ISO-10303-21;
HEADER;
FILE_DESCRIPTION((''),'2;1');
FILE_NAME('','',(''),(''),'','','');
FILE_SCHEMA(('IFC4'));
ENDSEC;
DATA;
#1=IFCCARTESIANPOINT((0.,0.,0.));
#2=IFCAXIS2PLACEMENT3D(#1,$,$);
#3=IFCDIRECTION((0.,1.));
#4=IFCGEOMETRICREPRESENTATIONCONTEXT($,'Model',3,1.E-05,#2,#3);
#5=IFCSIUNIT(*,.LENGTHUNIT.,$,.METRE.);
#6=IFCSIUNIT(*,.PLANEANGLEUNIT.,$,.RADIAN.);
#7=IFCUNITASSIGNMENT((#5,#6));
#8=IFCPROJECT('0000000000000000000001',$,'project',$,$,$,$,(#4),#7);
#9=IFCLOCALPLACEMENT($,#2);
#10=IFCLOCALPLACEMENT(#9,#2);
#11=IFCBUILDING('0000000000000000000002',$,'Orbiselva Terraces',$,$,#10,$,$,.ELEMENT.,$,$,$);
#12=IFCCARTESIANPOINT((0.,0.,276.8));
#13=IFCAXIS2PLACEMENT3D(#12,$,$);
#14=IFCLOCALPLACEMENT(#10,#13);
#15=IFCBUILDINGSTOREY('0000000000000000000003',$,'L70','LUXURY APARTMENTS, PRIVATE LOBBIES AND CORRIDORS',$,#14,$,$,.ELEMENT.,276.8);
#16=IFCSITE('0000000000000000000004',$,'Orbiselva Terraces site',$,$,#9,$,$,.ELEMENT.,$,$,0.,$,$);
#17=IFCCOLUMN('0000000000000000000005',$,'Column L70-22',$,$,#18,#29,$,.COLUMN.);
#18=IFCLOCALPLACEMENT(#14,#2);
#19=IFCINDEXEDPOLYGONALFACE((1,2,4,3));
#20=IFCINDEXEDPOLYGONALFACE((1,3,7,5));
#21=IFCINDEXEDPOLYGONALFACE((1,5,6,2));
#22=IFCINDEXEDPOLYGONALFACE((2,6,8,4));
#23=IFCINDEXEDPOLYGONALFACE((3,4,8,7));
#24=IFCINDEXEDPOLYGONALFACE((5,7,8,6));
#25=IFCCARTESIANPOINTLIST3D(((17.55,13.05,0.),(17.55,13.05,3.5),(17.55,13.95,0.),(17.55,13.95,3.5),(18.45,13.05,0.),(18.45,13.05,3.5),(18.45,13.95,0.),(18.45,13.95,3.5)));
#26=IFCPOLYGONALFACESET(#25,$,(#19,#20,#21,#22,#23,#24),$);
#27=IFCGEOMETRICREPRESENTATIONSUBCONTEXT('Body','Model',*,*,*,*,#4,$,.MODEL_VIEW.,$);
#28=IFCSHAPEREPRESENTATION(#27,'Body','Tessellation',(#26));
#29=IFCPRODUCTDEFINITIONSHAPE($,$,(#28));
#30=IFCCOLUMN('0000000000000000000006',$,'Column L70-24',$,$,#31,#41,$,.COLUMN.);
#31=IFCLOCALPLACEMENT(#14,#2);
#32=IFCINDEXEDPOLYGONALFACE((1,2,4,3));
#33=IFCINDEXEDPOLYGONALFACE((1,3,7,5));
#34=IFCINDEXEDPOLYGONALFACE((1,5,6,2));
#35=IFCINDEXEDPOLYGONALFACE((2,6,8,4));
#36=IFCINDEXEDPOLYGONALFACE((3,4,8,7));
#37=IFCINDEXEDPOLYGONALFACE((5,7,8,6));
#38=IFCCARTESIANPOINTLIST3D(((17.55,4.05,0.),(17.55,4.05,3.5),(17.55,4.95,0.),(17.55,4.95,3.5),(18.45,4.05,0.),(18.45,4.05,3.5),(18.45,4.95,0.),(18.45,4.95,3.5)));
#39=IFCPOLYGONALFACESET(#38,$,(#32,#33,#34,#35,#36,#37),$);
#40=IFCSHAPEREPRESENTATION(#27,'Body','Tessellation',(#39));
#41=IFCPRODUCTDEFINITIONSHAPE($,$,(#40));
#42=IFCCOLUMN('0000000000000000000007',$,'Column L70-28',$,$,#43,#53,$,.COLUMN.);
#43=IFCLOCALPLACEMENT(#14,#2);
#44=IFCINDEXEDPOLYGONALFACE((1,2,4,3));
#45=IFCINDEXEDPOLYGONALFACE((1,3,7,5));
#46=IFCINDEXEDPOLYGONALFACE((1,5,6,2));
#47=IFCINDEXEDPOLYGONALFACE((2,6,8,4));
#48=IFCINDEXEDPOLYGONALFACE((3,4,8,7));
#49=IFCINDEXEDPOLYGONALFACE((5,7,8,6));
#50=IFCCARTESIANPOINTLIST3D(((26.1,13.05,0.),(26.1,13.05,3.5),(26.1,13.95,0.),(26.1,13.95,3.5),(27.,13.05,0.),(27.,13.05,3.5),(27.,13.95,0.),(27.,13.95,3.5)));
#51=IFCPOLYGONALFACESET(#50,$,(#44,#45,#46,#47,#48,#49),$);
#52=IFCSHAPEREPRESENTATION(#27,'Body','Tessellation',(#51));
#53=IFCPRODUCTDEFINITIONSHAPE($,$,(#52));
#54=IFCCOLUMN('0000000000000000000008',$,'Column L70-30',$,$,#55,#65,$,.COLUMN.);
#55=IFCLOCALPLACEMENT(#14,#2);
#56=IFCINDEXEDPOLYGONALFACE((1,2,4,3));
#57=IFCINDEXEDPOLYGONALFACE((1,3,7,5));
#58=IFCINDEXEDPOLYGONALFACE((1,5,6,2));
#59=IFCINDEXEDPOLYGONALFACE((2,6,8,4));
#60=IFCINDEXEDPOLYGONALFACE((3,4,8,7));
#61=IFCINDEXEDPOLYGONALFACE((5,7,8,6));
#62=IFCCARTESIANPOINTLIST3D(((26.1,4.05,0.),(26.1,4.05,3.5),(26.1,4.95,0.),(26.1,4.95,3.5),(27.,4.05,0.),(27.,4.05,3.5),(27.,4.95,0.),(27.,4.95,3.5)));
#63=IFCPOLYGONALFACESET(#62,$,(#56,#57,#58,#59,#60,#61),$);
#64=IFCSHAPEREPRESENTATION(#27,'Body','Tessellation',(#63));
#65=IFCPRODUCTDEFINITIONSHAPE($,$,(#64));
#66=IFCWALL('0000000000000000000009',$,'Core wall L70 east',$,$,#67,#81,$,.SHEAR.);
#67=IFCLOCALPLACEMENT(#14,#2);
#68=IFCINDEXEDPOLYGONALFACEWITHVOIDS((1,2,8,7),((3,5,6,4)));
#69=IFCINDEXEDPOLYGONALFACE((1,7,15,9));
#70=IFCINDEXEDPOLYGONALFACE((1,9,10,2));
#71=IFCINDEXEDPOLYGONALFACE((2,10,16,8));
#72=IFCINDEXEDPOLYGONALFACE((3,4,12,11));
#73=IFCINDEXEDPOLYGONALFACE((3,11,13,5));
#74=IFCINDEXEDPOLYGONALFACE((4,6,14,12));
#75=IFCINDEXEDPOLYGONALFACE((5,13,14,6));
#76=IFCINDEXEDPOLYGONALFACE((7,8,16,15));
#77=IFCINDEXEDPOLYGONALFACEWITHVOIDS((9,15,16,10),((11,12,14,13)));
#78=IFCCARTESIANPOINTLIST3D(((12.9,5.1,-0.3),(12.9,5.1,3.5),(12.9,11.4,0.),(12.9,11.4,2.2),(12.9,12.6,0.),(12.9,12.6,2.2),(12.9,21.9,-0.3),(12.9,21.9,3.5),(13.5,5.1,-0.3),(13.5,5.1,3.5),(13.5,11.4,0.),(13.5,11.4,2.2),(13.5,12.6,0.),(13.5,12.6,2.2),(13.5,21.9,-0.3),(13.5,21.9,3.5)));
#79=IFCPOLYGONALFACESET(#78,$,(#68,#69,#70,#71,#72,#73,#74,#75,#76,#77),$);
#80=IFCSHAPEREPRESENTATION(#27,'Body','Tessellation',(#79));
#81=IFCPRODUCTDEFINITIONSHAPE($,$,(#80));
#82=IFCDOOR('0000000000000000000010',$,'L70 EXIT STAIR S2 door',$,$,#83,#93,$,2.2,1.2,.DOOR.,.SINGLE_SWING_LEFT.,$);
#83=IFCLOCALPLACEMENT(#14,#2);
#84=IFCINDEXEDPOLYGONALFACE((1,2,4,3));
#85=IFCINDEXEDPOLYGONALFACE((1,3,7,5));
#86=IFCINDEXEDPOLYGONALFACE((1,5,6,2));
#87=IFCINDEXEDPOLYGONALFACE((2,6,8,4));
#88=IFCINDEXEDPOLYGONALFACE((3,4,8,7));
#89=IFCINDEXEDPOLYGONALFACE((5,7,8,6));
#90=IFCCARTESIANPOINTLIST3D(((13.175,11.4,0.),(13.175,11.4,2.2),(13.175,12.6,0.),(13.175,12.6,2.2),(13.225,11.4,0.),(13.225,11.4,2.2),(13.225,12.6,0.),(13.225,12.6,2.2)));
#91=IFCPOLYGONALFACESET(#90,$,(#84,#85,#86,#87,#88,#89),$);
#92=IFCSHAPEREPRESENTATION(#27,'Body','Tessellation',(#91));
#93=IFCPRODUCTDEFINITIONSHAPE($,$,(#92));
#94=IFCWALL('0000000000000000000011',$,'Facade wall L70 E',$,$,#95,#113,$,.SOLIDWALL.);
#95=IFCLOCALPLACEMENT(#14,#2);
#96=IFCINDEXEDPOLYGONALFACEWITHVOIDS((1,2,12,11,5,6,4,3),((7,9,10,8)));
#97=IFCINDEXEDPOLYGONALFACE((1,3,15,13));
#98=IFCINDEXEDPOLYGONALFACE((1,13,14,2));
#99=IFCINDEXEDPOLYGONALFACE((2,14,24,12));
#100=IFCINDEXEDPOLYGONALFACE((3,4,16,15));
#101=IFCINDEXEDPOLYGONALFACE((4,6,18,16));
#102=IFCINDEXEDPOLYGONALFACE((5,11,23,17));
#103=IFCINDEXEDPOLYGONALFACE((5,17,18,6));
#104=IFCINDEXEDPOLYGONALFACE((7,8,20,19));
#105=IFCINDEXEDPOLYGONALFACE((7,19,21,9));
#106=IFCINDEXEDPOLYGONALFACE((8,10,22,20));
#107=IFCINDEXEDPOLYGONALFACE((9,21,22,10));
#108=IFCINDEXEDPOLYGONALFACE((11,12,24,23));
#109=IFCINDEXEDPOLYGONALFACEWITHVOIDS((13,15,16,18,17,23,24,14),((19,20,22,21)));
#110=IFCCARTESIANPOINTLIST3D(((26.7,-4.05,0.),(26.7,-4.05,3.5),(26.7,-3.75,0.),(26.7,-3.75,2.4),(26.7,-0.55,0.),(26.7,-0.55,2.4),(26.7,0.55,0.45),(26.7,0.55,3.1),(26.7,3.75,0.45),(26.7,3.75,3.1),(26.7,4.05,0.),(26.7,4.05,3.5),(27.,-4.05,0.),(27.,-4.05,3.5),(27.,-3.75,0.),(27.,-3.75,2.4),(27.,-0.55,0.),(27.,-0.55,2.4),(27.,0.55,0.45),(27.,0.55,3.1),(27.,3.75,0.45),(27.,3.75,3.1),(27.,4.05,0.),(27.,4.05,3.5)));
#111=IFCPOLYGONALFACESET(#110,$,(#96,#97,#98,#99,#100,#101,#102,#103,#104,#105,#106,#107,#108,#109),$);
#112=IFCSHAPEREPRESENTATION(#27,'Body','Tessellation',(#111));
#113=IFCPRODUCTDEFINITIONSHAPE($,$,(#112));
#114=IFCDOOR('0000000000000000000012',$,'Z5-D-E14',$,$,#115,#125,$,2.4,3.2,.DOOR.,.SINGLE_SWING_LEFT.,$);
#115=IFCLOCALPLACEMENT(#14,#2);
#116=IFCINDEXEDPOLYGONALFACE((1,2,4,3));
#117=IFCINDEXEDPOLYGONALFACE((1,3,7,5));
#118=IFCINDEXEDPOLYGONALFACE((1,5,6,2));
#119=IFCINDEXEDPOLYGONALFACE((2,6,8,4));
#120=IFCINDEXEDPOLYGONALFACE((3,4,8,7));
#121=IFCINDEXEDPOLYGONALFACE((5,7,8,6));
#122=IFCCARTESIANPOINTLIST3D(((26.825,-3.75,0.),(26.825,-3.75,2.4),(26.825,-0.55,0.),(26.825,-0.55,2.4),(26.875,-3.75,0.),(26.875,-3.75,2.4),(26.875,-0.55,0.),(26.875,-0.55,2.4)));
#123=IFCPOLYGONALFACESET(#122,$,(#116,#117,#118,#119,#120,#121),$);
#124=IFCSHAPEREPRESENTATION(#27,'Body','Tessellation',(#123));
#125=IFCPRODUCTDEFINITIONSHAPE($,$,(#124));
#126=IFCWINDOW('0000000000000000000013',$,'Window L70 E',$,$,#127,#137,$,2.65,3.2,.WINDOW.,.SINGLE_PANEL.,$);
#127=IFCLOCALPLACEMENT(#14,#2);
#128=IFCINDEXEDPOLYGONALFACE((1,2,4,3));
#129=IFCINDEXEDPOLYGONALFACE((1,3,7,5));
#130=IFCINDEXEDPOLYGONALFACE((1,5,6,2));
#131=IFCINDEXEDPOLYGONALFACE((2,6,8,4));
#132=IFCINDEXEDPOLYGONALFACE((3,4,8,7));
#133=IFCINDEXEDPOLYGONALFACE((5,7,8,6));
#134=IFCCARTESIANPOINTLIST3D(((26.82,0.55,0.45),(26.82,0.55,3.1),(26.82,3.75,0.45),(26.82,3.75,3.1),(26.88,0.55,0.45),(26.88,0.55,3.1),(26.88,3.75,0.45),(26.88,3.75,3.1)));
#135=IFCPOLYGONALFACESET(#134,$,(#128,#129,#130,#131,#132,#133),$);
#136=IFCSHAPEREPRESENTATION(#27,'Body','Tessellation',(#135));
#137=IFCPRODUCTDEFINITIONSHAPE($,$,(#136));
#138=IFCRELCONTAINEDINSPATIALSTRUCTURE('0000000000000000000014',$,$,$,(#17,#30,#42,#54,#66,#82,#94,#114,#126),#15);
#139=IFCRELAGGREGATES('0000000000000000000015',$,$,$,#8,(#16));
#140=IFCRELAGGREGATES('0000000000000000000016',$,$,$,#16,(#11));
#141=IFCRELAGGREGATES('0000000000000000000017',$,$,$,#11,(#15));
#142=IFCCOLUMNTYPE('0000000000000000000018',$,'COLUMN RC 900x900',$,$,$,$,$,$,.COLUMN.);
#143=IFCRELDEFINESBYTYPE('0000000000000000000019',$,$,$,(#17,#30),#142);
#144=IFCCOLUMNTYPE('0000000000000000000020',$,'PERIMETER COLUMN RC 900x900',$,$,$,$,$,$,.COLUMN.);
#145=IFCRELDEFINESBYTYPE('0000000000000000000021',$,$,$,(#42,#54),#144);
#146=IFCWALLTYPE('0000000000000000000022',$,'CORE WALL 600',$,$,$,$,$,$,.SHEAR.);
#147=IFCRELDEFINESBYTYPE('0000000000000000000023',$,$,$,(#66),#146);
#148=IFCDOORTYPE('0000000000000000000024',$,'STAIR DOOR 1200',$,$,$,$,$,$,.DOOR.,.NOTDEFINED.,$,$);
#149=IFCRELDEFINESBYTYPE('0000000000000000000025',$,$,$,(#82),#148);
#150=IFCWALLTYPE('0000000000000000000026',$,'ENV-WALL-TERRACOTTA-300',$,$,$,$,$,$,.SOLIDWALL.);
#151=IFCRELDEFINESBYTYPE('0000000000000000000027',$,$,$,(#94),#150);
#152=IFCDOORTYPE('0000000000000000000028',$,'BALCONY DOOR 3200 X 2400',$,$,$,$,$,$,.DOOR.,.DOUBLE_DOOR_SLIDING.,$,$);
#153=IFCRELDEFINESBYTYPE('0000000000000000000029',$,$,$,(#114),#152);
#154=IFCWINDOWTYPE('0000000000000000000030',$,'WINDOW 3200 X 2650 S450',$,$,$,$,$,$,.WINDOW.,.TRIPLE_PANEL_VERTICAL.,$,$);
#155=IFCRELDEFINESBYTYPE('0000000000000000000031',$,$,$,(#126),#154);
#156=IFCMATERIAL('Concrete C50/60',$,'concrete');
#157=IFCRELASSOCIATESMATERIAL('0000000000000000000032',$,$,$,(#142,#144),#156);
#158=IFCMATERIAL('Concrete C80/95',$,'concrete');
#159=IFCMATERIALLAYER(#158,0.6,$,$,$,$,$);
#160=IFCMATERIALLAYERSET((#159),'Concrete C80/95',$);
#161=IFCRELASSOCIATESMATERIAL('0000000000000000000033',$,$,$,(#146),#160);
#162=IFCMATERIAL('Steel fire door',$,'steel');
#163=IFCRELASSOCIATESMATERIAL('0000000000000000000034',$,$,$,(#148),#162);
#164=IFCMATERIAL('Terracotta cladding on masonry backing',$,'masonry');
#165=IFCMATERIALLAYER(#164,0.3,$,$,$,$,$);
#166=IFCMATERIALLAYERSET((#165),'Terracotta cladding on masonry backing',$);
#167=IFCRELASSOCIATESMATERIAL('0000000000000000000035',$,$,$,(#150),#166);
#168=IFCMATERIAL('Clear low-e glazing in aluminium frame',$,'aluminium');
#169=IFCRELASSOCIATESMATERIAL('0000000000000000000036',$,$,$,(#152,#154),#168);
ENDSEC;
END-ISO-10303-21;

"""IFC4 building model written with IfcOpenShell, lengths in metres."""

from ifc_helpers import new_model, si_unit, direction, frame, frame_2d, origin, origin_2d, place, context, subcontext, project, spatial, rectangle, extrude, material, layer, layer_set, material_profile, profile_set, type_object, element, fill, save


model = new_model("IFC4")

# Units and contexts
model_context = context("Model", 3, precision=1e-05, world=origin(), true_north=direction((0.0, 1.0)))
body_context = subcontext(model_context, "Body", "Model", "MODEL_VIEW")
ifc_project = project(units=[si_unit("LENGTHUNIT", "METRE"), si_unit("PLANEANGLEUNIT", "RADIAN")], contexts=[model_context])

# Site, building, storey
site_placement = place(None, origin())
site = spatial("IfcSite", under=ifc_project, at=site_placement, Name="Orbiselva Terraces site", CompositionType="ELEMENT", RefElevation=0.0)
building_placement = place(site_placement, origin())
building = spatial("IfcBuilding", under=site, at=building_placement, Name="Orbiselva Terraces", CompositionType="ELEMENT")
storey_placement = place(building_placement, frame((0.0, 0.0, 276.8)))
storey = spatial("IfcBuildingStorey", under=building, at=storey_placement, Name="L70", Description="LUXURY APARTMENTS, PRIVATE LOBBIES AND CORRIDORS", CompositionType="ELEMENT", Elevation=276.8)

# Columns
ifc_material_1 = material(Name="Concrete C50/60", Category="concrete")
ifc_material_profile_1 = material_profile(ifc_material_1, rectangle(XDim=0.9, YDim=0.9, at=origin_2d()), Name="RC 900x900")
ifc_profile_set_1 = profile_set([ifc_material_profile_1], Name="Concrete C50/60")
column_type_1 = type_object("IfcColumnType", Name="COLUMN RC 900x900", PredefinedType="COLUMN", material=ifc_profile_set_1)
for number, where, z_axis, x_axis, name in (
    (1, (18.0, 13.5, 0.0), (0.0, 0.0, 1.0), (1.0, 0.0, 0.0), "Column L70-22"),
    (2, (18.0, 4.5, 0.0), (0.0, 0.0, 1.0), (1.0, 0.0, 0.0), "Column L70-24"),
):
    element("IfcColumn", number, at=place(storey_placement, frame(where, z_axis=z_axis, x_axis=x_axis)), inside=storey, type_object=column_type_1, Name=name, PredefinedType="COLUMN", context=body_context, shape_type="SweptSolid", body=[
        extrude(rectangle(XDim=0.9, YDim=0.9, at=origin_2d()), origin(), (0.0, 0.0, 1.0), 3.5),
    ])
ifc_material_profile_2 = material_profile(ifc_material_1, rectangle(XDim=0.9, YDim=0.9, at=origin_2d()), Name="RC 900x900")
ifc_profile_set_2 = profile_set([ifc_material_profile_2], Name="Concrete C50/60")
column_type_2 = type_object("IfcColumnType", Name="PERIMETER COLUMN RC 900x900", PredefinedType="COLUMN", material=ifc_profile_set_2)
for number, where, z_axis, x_axis, name in (
    (3, (26.55, 13.5, 0.0), (0.0, 0.0, 1.0), (1.0, 0.0, 0.0), "Column L70-28"),
    (4, (26.55, 4.5, 0.0), (0.0, 0.0, 1.0), (1.0, 0.0, 0.0), "Column L70-30"),
):
    element("IfcColumn", number, at=place(storey_placement, frame(where, z_axis=z_axis, x_axis=x_axis)), inside=storey, type_object=column_type_2, Name=name, PredefinedType="COLUMN", context=body_context, shape_type="SweptSolid", body=[
        extrude(rectangle(XDim=0.9, YDim=0.9, at=origin_2d()), origin(), (0.0, 0.0, 1.0), 3.5),
    ])

# Wall, opening, door
ifc_material_2 = material(Name="Concrete C80/95", Category="concrete")
ifc_layer_1 = layer(ifc_material_2, 0.6)
ifc_layer_set_1 = layer_set([ifc_layer_1], Name="Concrete C80/95")
wall_type_1 = type_object("IfcWallType", Name="CORE WALL 600", PredefinedType="SHEAR", material=ifc_layer_set_1)
wall_1_placement = place(storey_placement, frame((13.2, 5.1, -0.3), z_axis=(0.0, 0.0, 1.0), x_axis=(0.0, 1.0, 0.0)))
wall_1 = element("IfcWall", 5, at=wall_1_placement, inside=storey, type_object=wall_type_1, Name="Core wall L70 east", PredefinedType="SHEAR", context=body_context, shape_type="SweptSolid", body=[
    extrude(rectangle(XDim=16.8, YDim=0.6, at=frame_2d((8.4, 0.0))), origin(), (0.0, 0.0, 1.0), 3.8),
])
opening_1_placement = place(wall_1_placement, frame((6.3, 0.0, 0.3)))
opening_1 = element("IfcOpeningElement", 6, at=opening_1_placement, cuts=wall_1, PredefinedType="OPENING", context=body_context, shape_type="SweptSolid", body=[
    extrude(rectangle(XDim=1.2, YDim=2.2, at=frame_2d((0.6, 1.1))), frame((0.0, 0.31, 0.0), z_axis=(0.0, -1.0, 0.0), x_axis=(1.0, 0.0, 0.0)), (0.0, 0.0, 1.0), 0.62),
])
ifc_material_3 = material(Name="Steel fire door", Category="steel")
door_type_1 = type_object("IfcDoorType", Name="STAIR DOOR 1200", OperationType="NOTDEFINED", PredefinedType="DOOR", material=ifc_material_3)
door_1_placement = place(opening_1_placement, frame((1.2, 0.0, 0.0), z_axis=(0.0, 0.0, 1.0), x_axis=(-1.0, 0.0, 0.0)))
door_1 = element("IfcDoor", 7, at=door_1_placement, inside=storey, type_object=door_type_1, Name="L70 EXIT STAIR S2 door", OperationType="SINGLE_SWING_LEFT", OverallHeight=2.2, OverallWidth=1.2, PredefinedType="DOOR", context=body_context, shape_type="SweptSolid", body=[
    extrude(rectangle(XDim=1.2, YDim=2.2, at=frame_2d((0.6, 1.1))), frame((0.0, 0.025, 0.0), z_axis=(0.0, -1.0, 0.0), x_axis=(1.0, 0.0, 0.0)), (0.0, 0.0, 1.0), 0.05),
])
fill(opening_1, door_1)

# Wall, openings, door, window
ifc_material_4 = material(Name="Terracotta cladding on masonry backing", Category="masonry")
ifc_layer_2 = layer(ifc_material_4, 0.3)
ifc_layer_set_2 = layer_set([ifc_layer_2], Name="Terracotta cladding on masonry backing")
wall_type_2 = type_object("IfcWallType", Name="ENV-WALL-TERRACOTTA-300", PredefinedType="SOLIDWALL", material=ifc_layer_set_2)
wall_2_placement = place(storey_placement, frame((26.85, 4.05, 0.0), z_axis=(0.0, 0.0, 1.0), x_axis=(0.0, -1.0, 0.0)))
wall_2 = element("IfcWall", 8, at=wall_2_placement, inside=storey, type_object=wall_type_2, Name="Facade wall L70 E", PredefinedType="SOLIDWALL", context=body_context, shape_type="SweptSolid", body=[
    extrude(rectangle(XDim=8.1, YDim=0.3, at=frame_2d((4.05, 0.0))), origin(), (0.0, 0.0, 1.0), 3.5),
])
opening_2_placement = place(wall_2_placement, frame((4.6, 0.0, 0.0)))
opening_2 = element("IfcOpeningElement", 9, at=opening_2_placement, cuts=wall_2, PredefinedType="OPENING", context=body_context, shape_type="SweptSolid", body=[
    extrude(rectangle(XDim=3.2, YDim=2.4, at=frame_2d((1.6, 1.2))), frame((0.0, 0.16, 0.0), z_axis=(0.0, -1.0, 0.0), x_axis=(1.0, 0.0, 0.0)), (0.0, 0.0, 1.0), 0.32),
])
opening_3_placement = place(wall_2_placement, frame((0.3, 0.0, 0.45)))
opening_3 = element("IfcOpeningElement", 10, at=opening_3_placement, cuts=wall_2, PredefinedType="OPENING", context=body_context, shape_type="SweptSolid", body=[
    extrude(rectangle(XDim=3.2, YDim=2.65, at=frame_2d((1.6, 1.325))), frame((0.0, 0.16, 0.0), z_axis=(0.0, -1.0, 0.0), x_axis=(1.0, 0.0, 0.0)), (0.0, 0.0, 1.0), 0.32),
])
ifc_material_5 = material(Name="Clear low-e glazing in aluminium frame", Category="aluminium")
door_type_2 = type_object("IfcDoorType", Name="BALCONY DOOR 3200 X 2400", OperationType="DOUBLE_DOOR_SLIDING", PredefinedType="DOOR", material=ifc_material_5)
door_2_placement = place(opening_2_placement, origin())
door_2 = element("IfcDoor", 11, at=door_2_placement, inside=storey, type_object=door_type_2, Name="Z5-D-E14", OperationType="SINGLE_SWING_LEFT", OverallHeight=2.4, OverallWidth=3.2, PredefinedType="DOOR", context=body_context, shape_type="SweptSolid", body=[
    extrude(rectangle(XDim=3.2, YDim=2.4, at=frame_2d((1.6, 1.2))), frame((0.0, 0.025, 0.0), z_axis=(0.0, -1.0, 0.0), x_axis=(1.0, 0.0, 0.0)), (0.0, 0.0, 1.0), 0.05),
])
fill(opening_2, door_2)
window_type = type_object("IfcWindowType", Name="WINDOW 3200 X 2650 S450", PartitioningType="TRIPLE_PANEL_VERTICAL", PredefinedType="WINDOW", material=ifc_material_5)
window_1_placement = place(opening_3_placement, origin())
window_1 = element("IfcWindow", 12, at=window_1_placement, inside=storey, type_object=window_type, Name="Window L70 E", OverallHeight=2.65, OverallWidth=3.2, PartitioningType="SINGLE_PANEL", PredefinedType="WINDOW", context=body_context, shape_type="SweptSolid", body=[
    extrude(rectangle(XDim=3.2, YDim=2.65, at=frame_2d((1.6, 1.325))), frame((0.0, 0.03, 0.0), z_axis=(0.0, -1.0, 0.0), x_axis=(1.0, 0.0, 0.0)), (0.0, 0.0, 1.0), 0.06),
])
fill(opening_3, window_1)

save(model, "model.ifc")
